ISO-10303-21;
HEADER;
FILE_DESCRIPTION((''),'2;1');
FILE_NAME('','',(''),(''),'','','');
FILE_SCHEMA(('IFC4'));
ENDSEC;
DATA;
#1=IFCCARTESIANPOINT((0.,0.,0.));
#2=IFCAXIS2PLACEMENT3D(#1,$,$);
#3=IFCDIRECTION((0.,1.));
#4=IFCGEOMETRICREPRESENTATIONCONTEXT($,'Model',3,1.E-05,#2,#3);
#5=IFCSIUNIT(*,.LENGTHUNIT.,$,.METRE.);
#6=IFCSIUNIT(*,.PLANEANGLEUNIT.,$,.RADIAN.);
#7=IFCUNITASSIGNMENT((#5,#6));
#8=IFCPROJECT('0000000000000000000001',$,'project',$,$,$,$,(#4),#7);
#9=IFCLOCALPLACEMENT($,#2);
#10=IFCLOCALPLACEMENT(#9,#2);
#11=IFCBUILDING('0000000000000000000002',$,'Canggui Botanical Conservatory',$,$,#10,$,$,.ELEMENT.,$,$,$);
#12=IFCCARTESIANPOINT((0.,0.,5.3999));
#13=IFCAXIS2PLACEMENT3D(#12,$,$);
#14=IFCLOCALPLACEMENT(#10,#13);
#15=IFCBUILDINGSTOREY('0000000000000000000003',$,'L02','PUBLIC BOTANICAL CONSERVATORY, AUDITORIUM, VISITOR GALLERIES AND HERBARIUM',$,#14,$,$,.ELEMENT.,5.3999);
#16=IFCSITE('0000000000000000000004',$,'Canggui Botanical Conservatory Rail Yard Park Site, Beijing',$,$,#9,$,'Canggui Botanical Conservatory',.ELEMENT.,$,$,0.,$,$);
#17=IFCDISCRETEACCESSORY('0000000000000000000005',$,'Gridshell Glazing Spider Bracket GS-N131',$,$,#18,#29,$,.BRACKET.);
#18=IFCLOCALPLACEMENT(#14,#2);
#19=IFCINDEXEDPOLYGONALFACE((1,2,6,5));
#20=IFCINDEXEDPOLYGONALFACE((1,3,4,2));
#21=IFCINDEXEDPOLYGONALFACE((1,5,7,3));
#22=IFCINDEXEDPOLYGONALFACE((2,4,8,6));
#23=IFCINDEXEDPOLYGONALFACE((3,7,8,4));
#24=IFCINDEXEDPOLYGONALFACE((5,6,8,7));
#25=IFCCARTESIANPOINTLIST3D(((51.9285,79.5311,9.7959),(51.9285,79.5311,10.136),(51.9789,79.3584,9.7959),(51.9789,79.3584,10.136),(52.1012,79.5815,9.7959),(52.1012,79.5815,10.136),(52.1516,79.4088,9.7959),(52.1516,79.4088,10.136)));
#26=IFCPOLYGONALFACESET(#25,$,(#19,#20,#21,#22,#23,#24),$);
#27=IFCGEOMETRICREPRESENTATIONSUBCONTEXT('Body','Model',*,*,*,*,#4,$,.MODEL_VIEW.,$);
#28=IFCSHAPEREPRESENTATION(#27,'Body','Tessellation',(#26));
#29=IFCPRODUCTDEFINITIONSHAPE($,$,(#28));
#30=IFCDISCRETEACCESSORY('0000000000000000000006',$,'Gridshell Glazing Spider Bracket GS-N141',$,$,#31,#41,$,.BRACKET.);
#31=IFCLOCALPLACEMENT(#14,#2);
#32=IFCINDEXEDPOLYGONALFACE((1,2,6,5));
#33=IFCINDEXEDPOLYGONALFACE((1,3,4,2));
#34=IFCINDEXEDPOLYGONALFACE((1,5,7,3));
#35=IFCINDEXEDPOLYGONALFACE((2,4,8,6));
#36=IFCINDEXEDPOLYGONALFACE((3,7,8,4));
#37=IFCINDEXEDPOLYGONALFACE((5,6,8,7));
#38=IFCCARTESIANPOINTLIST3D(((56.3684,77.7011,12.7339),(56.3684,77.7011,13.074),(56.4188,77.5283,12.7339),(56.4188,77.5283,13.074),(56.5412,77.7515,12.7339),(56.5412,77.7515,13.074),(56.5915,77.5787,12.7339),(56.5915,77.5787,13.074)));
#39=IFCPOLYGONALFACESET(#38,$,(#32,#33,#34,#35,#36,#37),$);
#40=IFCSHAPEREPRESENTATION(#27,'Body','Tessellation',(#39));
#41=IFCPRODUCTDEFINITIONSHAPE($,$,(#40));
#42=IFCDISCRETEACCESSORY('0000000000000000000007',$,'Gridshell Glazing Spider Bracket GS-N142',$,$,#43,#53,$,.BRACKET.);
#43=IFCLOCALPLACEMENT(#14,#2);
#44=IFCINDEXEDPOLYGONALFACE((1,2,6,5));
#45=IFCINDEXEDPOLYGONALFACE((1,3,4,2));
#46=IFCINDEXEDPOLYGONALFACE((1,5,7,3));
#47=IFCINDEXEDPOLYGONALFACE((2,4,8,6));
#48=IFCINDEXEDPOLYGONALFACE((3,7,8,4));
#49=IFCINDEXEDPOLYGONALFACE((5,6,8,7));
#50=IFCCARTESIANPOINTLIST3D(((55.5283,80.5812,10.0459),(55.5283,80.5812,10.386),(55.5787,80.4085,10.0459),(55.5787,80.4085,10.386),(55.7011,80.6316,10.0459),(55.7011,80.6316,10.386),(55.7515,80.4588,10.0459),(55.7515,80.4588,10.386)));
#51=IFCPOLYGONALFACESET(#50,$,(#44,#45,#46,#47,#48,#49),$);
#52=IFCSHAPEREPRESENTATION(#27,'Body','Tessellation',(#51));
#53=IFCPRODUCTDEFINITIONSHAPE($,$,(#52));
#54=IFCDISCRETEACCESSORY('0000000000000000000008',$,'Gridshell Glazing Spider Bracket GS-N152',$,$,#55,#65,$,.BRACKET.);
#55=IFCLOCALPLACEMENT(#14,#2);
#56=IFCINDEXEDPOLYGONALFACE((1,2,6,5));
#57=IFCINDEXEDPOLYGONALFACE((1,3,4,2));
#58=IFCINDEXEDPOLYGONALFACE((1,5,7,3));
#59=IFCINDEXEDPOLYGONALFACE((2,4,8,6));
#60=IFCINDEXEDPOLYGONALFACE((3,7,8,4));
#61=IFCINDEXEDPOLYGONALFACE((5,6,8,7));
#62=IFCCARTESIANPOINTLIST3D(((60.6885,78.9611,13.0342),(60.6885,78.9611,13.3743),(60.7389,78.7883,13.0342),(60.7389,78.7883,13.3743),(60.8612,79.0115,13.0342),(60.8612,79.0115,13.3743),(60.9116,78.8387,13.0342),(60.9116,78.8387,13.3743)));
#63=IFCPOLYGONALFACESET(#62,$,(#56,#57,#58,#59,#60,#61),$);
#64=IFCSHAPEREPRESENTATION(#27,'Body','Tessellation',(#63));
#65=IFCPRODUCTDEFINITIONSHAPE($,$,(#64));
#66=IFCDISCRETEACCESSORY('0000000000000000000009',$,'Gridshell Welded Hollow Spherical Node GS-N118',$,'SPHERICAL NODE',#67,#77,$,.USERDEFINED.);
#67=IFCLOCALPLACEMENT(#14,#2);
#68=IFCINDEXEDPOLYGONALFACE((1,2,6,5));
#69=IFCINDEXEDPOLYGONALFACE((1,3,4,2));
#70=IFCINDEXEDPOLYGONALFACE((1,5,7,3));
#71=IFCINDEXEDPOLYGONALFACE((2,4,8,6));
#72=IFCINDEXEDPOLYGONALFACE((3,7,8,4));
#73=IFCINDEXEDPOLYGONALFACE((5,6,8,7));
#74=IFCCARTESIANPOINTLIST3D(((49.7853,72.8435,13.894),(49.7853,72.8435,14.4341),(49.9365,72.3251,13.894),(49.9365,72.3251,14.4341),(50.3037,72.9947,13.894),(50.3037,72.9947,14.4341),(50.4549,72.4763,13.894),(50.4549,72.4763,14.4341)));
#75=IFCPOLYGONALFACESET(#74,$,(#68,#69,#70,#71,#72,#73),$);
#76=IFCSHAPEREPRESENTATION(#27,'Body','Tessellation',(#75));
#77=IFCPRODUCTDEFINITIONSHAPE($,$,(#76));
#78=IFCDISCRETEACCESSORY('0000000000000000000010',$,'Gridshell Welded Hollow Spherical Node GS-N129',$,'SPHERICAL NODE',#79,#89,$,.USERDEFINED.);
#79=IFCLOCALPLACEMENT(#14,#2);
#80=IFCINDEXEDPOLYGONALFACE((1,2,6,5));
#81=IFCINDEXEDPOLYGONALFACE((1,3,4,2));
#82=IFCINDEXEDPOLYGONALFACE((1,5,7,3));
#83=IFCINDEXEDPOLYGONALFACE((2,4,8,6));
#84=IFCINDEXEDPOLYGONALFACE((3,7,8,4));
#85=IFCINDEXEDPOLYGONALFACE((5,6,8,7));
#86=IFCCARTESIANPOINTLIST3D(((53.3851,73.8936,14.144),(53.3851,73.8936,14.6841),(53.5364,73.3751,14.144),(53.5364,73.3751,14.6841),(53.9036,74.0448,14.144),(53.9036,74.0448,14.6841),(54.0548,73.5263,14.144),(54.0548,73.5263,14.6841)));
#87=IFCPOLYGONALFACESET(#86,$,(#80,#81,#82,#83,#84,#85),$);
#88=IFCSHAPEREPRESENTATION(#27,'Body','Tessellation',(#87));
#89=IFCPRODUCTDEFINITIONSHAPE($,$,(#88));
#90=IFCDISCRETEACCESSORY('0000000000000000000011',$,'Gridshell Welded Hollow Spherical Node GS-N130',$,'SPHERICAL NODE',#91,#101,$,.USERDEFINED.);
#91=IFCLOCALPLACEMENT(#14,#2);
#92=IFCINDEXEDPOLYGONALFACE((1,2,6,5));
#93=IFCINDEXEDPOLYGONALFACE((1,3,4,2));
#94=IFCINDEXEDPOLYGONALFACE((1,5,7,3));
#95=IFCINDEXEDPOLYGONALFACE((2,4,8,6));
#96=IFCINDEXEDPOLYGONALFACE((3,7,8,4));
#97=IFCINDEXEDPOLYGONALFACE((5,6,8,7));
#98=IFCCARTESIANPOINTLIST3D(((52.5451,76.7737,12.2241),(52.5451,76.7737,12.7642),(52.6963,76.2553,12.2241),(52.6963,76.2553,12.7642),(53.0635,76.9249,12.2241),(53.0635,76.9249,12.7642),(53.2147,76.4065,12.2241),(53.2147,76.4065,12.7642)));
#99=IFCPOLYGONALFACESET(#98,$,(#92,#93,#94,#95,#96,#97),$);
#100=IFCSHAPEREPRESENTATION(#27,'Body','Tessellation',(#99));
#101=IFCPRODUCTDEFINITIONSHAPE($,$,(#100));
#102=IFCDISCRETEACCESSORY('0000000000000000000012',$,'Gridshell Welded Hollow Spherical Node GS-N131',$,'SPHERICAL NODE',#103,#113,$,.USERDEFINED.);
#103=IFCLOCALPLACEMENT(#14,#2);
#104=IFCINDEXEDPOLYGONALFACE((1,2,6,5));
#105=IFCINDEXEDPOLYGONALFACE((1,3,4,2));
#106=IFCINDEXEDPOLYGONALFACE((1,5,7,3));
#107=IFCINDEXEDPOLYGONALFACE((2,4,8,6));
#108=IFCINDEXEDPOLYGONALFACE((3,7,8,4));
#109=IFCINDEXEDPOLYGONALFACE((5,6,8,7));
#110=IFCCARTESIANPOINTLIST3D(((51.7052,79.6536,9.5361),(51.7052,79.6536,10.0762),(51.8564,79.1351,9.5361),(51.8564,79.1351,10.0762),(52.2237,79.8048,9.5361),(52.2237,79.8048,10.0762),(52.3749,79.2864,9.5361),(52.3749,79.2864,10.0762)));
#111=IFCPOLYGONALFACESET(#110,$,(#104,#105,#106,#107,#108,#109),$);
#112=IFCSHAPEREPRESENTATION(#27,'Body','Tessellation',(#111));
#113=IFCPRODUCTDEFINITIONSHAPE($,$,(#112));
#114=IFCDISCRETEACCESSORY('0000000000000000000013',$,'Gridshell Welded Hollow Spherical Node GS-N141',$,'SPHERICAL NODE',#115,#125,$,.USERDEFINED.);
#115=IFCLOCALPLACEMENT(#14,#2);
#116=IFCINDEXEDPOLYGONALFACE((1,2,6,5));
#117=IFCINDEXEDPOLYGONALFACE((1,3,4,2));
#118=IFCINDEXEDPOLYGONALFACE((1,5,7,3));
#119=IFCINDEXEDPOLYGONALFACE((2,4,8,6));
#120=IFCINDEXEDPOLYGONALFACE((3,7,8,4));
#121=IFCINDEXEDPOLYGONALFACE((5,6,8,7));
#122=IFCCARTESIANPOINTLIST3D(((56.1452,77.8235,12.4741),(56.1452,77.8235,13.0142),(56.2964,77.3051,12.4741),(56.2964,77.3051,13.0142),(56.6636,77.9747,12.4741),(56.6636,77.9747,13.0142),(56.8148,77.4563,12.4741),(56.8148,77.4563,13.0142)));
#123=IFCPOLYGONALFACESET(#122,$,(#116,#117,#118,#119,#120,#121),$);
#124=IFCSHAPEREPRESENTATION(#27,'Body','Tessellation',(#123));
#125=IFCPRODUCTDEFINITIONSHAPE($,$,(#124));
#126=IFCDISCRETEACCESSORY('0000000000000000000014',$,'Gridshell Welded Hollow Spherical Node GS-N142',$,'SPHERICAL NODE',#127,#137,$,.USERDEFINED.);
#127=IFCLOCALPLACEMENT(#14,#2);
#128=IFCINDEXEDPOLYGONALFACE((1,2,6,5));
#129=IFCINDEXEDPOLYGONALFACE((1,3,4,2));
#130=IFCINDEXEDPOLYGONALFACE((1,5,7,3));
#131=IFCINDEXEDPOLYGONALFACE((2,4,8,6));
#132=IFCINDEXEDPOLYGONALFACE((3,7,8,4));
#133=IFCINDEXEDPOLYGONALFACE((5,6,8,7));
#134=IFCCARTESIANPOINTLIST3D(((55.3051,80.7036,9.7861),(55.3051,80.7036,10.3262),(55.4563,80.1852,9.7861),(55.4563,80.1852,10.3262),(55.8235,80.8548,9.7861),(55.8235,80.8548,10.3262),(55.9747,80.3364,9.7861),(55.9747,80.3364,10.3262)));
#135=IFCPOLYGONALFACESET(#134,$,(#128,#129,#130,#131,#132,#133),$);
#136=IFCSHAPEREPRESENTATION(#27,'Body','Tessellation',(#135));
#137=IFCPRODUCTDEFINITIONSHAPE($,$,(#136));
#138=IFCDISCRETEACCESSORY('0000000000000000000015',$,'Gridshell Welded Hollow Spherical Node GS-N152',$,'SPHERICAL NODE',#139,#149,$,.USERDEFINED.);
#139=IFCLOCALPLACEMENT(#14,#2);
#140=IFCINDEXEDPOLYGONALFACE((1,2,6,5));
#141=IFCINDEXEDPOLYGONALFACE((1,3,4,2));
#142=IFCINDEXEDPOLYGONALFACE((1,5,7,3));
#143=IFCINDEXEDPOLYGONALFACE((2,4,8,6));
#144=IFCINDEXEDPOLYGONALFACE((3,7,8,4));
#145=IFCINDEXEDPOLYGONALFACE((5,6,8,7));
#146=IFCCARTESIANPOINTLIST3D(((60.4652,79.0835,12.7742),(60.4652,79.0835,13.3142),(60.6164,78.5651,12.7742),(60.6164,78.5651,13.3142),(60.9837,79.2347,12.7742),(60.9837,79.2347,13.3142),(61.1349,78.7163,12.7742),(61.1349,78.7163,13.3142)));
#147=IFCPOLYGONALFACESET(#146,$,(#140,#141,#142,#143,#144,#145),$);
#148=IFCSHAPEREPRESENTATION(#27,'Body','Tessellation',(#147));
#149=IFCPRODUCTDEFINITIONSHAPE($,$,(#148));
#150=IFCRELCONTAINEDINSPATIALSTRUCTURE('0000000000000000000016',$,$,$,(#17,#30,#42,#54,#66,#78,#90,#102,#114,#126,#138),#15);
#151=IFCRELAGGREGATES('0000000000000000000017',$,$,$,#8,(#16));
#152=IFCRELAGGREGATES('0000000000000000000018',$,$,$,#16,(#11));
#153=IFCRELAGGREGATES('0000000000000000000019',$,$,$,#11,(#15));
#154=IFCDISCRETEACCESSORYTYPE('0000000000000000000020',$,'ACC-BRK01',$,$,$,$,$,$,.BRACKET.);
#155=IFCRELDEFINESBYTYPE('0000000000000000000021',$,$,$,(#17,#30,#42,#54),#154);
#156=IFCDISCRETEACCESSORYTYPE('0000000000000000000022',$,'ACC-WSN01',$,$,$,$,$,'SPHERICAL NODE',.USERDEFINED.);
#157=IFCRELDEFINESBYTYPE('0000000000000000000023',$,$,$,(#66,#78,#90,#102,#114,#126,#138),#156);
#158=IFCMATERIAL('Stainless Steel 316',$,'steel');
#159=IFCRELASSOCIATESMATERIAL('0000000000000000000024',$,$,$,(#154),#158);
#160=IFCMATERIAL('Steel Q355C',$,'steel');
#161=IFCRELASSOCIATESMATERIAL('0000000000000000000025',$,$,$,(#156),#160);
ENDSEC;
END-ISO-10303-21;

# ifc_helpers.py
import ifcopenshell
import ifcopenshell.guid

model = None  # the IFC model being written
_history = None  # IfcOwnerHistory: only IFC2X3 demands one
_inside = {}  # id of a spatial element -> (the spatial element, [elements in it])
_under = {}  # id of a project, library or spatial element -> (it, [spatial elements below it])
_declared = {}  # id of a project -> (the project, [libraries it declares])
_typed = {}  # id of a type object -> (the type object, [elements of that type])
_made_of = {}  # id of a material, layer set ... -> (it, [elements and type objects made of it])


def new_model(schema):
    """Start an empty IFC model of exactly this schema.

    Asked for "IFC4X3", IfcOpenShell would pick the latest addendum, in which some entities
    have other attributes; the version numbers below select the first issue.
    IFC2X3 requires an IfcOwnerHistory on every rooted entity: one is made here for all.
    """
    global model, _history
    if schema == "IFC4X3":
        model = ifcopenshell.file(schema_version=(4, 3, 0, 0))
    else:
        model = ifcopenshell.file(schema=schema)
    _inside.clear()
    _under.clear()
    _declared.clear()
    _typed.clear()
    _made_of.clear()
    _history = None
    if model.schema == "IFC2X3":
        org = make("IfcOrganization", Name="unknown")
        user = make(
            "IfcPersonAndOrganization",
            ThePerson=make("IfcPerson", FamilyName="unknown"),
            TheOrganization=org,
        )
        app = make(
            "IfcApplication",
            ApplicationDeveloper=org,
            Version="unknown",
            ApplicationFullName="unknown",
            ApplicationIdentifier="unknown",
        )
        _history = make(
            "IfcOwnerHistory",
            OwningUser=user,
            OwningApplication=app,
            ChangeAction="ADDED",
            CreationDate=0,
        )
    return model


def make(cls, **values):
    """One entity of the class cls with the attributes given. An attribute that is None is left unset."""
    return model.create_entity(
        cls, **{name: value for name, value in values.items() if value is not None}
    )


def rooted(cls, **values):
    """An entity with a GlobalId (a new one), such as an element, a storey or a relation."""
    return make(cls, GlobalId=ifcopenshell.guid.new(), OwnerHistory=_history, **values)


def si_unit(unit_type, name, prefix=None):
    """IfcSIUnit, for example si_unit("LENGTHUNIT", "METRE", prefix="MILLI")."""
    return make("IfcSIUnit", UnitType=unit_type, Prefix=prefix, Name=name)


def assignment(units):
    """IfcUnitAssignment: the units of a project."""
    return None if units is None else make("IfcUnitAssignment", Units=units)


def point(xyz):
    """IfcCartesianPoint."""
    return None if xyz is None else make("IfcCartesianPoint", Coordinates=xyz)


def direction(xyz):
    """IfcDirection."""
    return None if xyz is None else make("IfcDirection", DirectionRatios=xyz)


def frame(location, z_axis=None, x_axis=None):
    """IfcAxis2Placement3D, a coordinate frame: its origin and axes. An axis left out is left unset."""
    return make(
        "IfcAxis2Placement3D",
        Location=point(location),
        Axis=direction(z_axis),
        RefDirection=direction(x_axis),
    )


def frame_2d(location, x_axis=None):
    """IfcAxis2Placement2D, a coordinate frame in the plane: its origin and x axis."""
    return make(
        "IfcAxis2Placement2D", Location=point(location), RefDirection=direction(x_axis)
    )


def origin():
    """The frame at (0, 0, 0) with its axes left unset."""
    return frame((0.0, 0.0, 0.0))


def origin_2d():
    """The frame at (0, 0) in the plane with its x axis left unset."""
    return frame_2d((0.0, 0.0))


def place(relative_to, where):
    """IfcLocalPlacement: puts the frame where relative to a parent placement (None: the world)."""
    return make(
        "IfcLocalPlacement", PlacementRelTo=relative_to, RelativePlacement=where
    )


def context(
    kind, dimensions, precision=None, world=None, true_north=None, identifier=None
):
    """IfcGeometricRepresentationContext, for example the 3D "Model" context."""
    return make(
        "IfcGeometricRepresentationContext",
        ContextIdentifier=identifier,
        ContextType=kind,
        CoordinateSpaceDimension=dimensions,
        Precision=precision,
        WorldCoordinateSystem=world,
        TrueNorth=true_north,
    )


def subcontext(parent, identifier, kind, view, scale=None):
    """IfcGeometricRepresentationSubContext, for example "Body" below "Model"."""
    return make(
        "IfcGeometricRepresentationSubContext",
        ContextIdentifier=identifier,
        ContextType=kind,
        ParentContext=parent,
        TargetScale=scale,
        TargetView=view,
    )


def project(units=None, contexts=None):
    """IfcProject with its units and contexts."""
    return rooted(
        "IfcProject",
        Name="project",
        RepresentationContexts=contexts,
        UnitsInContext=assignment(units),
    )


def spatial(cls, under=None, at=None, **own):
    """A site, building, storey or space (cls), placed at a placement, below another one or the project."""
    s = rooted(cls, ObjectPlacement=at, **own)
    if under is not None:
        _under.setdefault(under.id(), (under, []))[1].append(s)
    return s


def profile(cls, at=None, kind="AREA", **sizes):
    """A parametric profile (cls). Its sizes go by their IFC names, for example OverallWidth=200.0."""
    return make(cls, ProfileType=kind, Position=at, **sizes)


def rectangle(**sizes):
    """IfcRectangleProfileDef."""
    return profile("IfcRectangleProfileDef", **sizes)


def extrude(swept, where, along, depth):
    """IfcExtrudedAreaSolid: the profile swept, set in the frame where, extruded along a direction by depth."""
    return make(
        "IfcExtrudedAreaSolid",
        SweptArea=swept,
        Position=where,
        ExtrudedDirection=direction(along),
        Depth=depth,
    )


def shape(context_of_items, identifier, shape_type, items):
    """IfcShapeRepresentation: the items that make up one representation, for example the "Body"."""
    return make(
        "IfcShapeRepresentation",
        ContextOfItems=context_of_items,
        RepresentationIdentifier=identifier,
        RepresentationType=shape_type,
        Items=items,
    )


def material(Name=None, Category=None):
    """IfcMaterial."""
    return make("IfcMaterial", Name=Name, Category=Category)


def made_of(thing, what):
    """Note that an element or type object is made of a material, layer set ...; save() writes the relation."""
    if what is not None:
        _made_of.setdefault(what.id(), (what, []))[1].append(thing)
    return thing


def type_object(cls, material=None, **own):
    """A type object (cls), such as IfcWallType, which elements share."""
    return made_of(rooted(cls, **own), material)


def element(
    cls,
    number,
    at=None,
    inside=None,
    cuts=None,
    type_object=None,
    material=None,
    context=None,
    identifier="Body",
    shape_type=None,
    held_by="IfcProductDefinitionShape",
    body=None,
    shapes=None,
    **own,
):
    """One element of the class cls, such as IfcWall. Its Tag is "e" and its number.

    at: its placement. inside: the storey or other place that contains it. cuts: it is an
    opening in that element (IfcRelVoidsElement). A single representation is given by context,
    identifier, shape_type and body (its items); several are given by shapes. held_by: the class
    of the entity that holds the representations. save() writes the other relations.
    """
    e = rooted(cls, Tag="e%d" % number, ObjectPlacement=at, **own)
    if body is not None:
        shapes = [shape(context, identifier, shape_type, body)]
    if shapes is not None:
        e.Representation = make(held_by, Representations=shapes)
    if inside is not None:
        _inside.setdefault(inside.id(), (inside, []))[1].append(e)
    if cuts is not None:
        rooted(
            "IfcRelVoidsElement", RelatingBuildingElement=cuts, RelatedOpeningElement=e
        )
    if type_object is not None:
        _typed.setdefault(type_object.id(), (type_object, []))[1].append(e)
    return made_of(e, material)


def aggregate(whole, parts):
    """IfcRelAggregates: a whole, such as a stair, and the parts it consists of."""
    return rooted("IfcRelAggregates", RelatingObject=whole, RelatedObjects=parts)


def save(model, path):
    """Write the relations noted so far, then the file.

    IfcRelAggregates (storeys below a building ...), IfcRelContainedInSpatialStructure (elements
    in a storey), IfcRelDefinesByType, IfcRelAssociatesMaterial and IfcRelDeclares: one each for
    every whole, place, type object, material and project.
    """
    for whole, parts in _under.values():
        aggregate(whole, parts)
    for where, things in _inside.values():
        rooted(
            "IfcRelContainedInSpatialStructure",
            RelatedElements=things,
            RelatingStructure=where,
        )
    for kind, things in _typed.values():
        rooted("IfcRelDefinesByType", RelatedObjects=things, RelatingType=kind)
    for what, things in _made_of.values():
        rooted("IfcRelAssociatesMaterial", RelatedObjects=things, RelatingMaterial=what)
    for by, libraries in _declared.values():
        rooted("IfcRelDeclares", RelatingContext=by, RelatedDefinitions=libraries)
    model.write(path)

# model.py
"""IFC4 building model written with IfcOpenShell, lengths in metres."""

from ifc_helpers import new_model, si_unit, direction, frame, origin, origin_2d, place, context, subcontext, project, spatial, rectangle, extrude, material, type_object, element, save


model = new_model("IFC4")

# Units and contexts
model_context = context("Model", 3, precision=1e-05, world=origin(), true_north=direction((0.0, 1.0)))
body_context = subcontext(model_context, "Body", "Model", "MODEL_VIEW")
ifc_project = project(units=[si_unit("LENGTHUNIT", "METRE"), si_unit("PLANEANGLEUNIT", "RADIAN")], contexts=[model_context])

# Site, building, storey
site_placement = place(None, origin())
site = spatial("IfcSite", under=ifc_project, at=site_placement, Name="Canggui Botanical Conservatory Rail Yard Park Site, Beijing", LongName="Canggui Botanical Conservatory", CompositionType="ELEMENT", RefElevation=0.0)
building_placement = place(site_placement, origin())
building = spatial("IfcBuilding", under=site, at=building_placement, Name="Canggui Botanical Conservatory", CompositionType="ELEMENT")
storey_placement = place(building_placement, frame((0.0, 0.0, 5.3999)))
storey = spatial("IfcBuildingStorey", under=building, at=storey_placement, Name="L02", Description="PUBLIC BOTANICAL CONSERVATORY, AUDITORIUM, VISITOR GALLERIES AND HERBARIUM", CompositionType="ELEMENT", Elevation=5.3999)

# Shared definitions
ifc_material_1 = material(Name="Steel Q355C", Category="steel")

# Discrete accessories
ifc_material_2 = material(Name="Stainless Steel 316", Category="steel")
discrete_accessory_type_1 = type_object("IfcDiscreteAccessoryType", Name="ACC-BRK01", PredefinedType="BRACKET", material=ifc_material_2)
for number, where, z_axis, x_axis, name in (
    (1, (52.04, 79.47, 9.7959), (0.0, 0.0, 1.0), (0.96, 0.28, 0.0), "Gridshell Glazing Spider Bracket GS-N131"),
    (2, (56.48, 77.6399, 12.7339), (0.0, 0.0, 1.0), (0.96, 0.28, 0.0), "Gridshell Glazing Spider Bracket GS-N141"),
    (3, (55.6399, 80.52, 10.0459), (0.0, 0.0, 1.0), (0.96, 0.28, 0.0), "Gridshell Glazing Spider Bracket GS-N142"),
    (4, (60.8, 78.8999, 13.0342), (0.0, 0.0, 1.0), (0.96, 0.28, 0.0), "Gridshell Glazing Spider Bracket GS-N152"),
):
    element("IfcDiscreteAccessory", number, at=place(storey_placement, frame(where, z_axis=z_axis, x_axis=x_axis)), inside=storey, type_object=discrete_accessory_type_1, Name=name, PredefinedType="BRACKET", context=body_context, shape_type="SweptSolid", body=[
        extrude(rectangle(XDim=0.1799, YDim=0.1799, at=origin_2d()), origin(), (0.0, 0.0, 1.0), 0.3401),
    ])
discrete_accessory_type_2 = type_object("IfcDiscreteAccessoryType", Name="ACC-WSN01", ElementType="SPHERICAL NODE", PredefinedType="USERDEFINED", material=ifc_material_1)
for number, where, z_axis, x_axis, name in (
    (5, (50.1201, 72.6599, 13.894), (0.0, 0.0, 1.0), (0.96, 0.28, 0.0), "Gridshell Welded Hollow Spherical Node GS-N118"),
    (6, (53.72, 73.71, 14.144), (0.0, 0.0, 1.0), (0.96, 0.28, 0.0), "Gridshell Welded Hollow Spherical Node GS-N129"),
    (7, (52.8799, 76.5901, 12.2241), (0.0, 0.0, 1.0), (0.96, 0.28, 0.0), "Gridshell Welded Hollow Spherical Node GS-N130"),
    (8, (52.04, 79.47, 9.5361), (0.0, 0.0, 1.0), (0.96, 0.28, 0.0), "Gridshell Welded Hollow Spherical Node GS-N131"),
    (9, (56.48, 77.6399, 12.4741), (0.0, 0.0, 1.0), (0.96, 0.28, 0.0), "Gridshell Welded Hollow Spherical Node GS-N141"),
    (10, (55.6399, 80.52, 9.7861), (0.0, 0.0, 1.0), (0.96, 0.28, 0.0), "Gridshell Welded Hollow Spherical Node GS-N142"),
    (11, (60.8, 78.8999, 12.7742), (0.0, 0.0, 1.0), (0.96, 0.28, 0.0), "Gridshell Welded Hollow Spherical Node GS-N152"),
):
    element("IfcDiscreteAccessory", number, at=place(storey_placement, frame(where, z_axis=z_axis, x_axis=x_axis)), inside=storey, type_object=discrete_accessory_type_2, Name=name, ObjectType="SPHERICAL NODE", PredefinedType="USERDEFINED", context=body_context, shape_type="SweptSolid", body=[
        extrude(rectangle(XDim=0.54, YDim=0.54, at=origin_2d()), origin(), (0.0, 0.0, 1.0), 0.54),
    ])

save(model, "model.ifc")
